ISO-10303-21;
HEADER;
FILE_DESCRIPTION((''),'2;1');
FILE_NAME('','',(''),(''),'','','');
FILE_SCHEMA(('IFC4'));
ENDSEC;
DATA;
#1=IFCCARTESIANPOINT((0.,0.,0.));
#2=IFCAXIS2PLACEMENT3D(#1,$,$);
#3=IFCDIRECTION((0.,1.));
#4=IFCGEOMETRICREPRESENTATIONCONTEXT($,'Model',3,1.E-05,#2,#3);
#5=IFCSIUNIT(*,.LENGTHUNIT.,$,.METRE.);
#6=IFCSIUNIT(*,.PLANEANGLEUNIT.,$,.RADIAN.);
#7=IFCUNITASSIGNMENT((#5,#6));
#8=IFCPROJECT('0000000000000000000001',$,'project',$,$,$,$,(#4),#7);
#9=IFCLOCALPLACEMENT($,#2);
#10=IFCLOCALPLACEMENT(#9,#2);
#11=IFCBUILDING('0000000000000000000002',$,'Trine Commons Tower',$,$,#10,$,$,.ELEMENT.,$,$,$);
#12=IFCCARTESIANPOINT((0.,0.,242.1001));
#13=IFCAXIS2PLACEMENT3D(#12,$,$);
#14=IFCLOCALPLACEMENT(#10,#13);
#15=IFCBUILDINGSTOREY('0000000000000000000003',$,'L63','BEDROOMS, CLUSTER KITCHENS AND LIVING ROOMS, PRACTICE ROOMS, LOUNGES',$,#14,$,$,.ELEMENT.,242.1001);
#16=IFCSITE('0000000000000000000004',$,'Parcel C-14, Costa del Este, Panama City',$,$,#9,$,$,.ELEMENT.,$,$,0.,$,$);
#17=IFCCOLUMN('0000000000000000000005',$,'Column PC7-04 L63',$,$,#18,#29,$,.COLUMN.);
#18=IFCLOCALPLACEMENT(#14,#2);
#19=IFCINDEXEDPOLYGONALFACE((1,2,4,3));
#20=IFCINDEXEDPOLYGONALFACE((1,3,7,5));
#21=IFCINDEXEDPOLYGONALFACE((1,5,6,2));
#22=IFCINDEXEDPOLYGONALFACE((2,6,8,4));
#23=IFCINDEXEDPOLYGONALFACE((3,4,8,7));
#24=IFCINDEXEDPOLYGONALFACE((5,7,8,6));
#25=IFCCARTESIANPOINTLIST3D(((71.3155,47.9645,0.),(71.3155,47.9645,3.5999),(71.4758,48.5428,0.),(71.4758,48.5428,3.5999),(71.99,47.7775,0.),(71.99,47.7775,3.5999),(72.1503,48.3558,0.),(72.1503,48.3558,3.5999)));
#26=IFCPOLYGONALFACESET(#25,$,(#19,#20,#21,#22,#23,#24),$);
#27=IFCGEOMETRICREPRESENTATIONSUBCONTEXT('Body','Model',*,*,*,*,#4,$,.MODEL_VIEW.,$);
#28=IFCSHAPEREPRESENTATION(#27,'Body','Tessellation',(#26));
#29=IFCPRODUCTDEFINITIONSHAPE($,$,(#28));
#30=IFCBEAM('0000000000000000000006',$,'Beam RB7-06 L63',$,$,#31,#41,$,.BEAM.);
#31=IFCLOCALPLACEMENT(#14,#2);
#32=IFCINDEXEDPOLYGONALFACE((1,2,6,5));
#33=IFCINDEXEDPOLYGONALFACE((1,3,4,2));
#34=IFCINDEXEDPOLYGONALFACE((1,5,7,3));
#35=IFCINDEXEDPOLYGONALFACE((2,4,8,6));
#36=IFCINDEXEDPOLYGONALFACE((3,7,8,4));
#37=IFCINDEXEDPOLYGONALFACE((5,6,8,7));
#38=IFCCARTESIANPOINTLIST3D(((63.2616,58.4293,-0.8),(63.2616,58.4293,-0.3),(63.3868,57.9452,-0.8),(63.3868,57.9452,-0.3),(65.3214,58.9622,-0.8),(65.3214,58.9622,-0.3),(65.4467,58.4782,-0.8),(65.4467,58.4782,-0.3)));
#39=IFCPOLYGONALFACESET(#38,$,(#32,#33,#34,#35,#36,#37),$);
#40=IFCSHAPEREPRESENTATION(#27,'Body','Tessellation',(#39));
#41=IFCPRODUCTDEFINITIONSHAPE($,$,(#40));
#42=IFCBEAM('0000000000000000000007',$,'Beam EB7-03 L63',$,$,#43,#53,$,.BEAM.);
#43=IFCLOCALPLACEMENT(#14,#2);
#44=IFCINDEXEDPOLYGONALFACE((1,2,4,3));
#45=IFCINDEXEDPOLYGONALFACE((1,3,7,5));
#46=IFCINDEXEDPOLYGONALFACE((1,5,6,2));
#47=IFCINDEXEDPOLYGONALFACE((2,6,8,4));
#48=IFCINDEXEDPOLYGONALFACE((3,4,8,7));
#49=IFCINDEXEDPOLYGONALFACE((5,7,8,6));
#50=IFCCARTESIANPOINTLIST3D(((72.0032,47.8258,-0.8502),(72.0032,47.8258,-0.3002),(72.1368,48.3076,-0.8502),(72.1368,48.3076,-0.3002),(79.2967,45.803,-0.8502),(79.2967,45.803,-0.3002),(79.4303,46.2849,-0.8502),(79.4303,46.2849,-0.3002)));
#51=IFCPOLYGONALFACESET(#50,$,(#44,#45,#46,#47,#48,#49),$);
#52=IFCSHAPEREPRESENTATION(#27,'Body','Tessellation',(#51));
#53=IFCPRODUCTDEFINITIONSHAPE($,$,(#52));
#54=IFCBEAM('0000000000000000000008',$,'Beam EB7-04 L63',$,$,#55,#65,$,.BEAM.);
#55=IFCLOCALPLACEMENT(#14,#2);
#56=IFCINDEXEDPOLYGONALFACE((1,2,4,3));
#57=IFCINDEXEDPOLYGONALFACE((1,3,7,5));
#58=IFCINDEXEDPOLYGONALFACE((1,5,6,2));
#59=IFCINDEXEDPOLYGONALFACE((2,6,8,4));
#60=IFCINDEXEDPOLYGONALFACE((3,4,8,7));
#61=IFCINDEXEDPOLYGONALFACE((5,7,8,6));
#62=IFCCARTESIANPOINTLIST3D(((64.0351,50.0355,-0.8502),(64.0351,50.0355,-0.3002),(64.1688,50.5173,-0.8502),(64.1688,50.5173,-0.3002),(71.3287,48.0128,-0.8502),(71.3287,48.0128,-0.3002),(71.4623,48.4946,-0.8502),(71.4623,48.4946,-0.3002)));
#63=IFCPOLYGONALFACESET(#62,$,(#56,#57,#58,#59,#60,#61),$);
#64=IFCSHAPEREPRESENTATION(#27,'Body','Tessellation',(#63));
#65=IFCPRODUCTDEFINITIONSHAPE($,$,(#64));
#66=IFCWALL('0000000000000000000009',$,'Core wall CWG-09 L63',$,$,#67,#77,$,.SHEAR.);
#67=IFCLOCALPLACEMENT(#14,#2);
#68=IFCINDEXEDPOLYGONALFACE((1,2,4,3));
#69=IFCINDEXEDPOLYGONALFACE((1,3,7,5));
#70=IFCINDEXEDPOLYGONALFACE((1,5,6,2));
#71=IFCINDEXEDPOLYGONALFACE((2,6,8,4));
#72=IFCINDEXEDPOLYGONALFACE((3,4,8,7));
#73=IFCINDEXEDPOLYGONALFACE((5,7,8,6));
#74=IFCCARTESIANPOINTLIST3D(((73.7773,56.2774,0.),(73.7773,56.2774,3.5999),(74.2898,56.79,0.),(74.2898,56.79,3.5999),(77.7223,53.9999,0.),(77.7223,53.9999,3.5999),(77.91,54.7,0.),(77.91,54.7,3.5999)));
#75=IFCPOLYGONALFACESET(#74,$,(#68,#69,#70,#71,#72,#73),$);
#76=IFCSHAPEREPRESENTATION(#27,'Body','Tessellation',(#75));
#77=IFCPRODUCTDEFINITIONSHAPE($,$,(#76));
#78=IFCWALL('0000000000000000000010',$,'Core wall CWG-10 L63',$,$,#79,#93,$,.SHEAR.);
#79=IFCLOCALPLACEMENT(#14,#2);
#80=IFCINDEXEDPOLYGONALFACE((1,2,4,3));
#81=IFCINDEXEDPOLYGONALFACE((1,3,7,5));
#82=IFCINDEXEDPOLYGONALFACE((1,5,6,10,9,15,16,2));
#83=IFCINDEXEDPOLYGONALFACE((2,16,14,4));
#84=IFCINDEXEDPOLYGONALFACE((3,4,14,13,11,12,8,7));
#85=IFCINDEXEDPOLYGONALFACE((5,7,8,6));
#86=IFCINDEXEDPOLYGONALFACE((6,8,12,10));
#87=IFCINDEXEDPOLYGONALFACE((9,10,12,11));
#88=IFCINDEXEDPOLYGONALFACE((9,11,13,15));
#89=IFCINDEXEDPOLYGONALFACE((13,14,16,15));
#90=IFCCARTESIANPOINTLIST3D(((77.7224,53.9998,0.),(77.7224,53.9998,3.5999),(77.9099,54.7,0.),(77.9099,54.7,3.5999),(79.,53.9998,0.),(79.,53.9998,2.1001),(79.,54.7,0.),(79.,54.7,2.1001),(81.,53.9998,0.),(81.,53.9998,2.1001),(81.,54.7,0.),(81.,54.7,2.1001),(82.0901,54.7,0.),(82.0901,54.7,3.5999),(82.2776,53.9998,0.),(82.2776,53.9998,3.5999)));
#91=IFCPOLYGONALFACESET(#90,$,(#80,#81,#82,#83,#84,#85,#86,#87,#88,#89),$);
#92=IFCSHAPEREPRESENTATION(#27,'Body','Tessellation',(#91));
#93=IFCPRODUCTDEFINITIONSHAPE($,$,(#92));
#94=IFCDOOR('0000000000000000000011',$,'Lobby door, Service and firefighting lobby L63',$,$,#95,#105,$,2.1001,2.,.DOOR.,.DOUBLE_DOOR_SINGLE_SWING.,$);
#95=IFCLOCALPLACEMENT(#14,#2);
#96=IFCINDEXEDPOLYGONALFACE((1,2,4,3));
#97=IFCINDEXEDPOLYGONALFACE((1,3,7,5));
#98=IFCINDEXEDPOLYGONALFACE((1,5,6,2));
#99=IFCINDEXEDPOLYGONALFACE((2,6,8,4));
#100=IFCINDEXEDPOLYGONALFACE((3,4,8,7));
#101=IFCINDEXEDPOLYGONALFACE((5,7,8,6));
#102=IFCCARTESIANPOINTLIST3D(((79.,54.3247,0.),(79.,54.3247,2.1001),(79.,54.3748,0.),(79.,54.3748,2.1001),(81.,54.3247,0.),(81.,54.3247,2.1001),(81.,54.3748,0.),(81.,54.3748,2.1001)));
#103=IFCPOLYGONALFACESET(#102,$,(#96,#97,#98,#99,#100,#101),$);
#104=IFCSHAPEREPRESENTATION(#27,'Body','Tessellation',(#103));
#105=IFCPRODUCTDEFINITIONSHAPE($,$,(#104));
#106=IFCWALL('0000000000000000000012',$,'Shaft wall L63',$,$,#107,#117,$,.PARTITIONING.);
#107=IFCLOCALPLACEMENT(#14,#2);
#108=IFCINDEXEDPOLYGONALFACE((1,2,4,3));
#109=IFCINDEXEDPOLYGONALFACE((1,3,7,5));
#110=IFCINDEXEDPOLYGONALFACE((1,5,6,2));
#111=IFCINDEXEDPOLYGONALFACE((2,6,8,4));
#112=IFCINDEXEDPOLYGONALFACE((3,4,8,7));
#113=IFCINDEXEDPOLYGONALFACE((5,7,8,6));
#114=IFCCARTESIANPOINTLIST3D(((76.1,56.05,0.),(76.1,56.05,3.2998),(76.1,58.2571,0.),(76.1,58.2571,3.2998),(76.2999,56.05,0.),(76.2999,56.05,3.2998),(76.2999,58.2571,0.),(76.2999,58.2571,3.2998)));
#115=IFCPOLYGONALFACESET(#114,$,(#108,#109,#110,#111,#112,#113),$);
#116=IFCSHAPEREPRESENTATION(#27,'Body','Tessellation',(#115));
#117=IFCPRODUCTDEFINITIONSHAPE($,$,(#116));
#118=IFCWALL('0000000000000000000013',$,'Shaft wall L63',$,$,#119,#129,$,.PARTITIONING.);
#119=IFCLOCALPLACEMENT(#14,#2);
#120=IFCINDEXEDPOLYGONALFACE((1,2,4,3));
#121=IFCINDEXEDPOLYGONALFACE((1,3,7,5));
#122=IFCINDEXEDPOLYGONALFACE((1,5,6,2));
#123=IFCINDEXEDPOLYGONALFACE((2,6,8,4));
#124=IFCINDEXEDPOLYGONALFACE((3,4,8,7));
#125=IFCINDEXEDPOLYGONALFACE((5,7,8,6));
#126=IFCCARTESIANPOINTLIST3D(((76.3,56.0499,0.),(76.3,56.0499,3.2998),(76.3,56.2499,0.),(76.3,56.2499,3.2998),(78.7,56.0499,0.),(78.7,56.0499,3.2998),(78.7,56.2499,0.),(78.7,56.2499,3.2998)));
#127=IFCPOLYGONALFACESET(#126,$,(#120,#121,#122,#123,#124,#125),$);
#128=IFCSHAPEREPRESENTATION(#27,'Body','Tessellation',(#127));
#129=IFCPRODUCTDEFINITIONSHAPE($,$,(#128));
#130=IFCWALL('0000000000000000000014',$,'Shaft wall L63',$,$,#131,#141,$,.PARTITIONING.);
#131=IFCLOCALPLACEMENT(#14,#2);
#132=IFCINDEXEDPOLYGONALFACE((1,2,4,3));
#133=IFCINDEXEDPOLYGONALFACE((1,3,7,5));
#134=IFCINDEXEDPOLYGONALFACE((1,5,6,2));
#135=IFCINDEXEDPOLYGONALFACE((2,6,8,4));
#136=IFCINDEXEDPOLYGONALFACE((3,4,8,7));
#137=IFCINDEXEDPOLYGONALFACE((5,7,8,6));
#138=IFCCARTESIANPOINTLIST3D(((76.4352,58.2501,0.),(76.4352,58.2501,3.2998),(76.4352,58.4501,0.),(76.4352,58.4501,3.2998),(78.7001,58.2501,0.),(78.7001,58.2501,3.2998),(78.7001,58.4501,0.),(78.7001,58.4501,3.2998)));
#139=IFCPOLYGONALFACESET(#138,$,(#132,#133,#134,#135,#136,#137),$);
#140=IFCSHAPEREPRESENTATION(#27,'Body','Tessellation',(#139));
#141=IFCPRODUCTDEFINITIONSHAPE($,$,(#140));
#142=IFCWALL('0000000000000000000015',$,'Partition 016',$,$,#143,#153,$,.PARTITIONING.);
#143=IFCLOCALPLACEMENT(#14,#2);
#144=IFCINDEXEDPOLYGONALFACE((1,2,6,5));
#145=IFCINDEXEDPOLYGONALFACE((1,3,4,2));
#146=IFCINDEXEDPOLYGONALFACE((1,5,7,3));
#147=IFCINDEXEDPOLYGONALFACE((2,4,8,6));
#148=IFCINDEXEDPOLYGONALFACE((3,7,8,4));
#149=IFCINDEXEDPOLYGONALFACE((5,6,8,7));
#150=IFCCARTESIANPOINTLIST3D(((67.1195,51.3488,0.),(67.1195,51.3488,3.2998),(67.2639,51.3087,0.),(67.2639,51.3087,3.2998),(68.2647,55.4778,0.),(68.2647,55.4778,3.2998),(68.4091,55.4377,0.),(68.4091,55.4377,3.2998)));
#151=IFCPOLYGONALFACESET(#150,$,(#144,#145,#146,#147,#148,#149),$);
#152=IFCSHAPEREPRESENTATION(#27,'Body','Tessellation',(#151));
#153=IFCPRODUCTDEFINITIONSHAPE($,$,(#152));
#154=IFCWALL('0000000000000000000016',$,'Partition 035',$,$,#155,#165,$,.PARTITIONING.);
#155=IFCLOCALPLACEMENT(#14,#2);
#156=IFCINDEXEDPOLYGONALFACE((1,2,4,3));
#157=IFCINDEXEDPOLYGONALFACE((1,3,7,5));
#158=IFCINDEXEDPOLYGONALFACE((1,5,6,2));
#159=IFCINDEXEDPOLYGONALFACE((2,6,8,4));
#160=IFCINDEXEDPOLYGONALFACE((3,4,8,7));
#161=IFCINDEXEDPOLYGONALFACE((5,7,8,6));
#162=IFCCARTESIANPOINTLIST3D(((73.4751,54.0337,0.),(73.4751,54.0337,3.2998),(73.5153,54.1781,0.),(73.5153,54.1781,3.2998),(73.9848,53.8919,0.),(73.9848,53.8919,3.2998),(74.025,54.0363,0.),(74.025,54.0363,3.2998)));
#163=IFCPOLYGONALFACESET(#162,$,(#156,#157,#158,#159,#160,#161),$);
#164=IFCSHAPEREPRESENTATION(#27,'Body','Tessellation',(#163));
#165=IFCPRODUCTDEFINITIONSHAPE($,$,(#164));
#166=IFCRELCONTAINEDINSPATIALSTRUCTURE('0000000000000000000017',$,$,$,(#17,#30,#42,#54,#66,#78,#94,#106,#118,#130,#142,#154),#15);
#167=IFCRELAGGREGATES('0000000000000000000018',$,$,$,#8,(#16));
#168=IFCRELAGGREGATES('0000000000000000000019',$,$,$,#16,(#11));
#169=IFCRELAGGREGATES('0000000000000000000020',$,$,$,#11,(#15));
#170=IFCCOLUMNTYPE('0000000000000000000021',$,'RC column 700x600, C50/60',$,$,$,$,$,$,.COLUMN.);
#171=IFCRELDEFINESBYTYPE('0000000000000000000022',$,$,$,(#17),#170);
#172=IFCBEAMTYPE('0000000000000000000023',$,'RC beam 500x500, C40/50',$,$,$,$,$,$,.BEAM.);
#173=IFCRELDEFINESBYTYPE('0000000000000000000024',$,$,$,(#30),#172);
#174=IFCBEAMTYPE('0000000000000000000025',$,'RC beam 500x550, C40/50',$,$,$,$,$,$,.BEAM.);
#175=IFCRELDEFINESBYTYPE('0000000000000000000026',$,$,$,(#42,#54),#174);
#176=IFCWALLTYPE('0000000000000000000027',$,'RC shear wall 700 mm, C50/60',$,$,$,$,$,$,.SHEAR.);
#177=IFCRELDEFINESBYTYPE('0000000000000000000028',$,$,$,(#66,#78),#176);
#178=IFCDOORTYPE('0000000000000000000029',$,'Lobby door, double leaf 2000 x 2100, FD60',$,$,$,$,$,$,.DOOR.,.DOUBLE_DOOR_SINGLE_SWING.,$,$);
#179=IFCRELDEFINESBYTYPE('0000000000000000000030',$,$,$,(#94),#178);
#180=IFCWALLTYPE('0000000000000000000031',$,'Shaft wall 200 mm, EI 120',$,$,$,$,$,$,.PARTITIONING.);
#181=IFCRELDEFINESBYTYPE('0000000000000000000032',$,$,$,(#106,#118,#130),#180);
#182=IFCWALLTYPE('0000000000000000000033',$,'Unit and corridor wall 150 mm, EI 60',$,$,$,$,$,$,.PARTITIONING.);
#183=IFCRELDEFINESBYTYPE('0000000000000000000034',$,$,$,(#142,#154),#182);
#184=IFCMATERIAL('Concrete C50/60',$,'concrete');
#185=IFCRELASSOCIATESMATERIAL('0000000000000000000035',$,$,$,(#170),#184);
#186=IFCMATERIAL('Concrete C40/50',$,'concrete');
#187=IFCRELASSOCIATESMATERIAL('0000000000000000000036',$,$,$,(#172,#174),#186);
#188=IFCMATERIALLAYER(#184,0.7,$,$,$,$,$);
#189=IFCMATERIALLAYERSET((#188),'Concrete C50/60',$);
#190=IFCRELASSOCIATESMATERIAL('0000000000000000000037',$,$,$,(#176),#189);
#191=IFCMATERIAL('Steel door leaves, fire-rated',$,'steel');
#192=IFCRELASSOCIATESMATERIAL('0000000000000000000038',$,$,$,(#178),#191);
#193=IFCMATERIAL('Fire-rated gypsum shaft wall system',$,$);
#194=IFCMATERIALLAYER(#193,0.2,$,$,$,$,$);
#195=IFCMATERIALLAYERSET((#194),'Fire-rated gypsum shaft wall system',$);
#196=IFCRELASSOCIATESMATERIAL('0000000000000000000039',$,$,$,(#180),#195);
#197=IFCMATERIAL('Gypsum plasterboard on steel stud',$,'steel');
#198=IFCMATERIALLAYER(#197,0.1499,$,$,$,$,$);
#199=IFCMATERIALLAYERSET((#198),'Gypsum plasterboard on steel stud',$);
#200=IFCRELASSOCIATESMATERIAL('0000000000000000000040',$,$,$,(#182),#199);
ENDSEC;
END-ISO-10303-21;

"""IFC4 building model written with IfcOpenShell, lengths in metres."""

from ifc_helpers import new_model, si_unit, direction, frame, frame_2d, origin, origin_2d, place, context, subcontext, project, spatial, polyline, rectangle, outline, extrude, material, layer, layer_set, material_profile, profile_set, type_object, element, fill, save


model = new_model("IFC4")

# Units and contexts
model_context = context("Model", 3, precision=1e-05, world=origin(), true_north=direction((0.0, 1.0)))
body_context = subcontext(model_context, "Body", "Model", "MODEL_VIEW")
ifc_project = project(units=[si_unit("LENGTHUNIT", "METRE"), si_unit("PLANEANGLEUNIT", "RADIAN")], contexts=[model_context])

# Site, building, storey
site_placement = place(None, origin())
site = spatial("IfcSite", under=ifc_project, at=site_placement, Name="Parcel C-14, Costa del Este, Panama City", CompositionType="ELEMENT", RefElevation=0.0)
building_placement = place(site_placement, origin())
building = spatial("IfcBuilding", under=site, at=building_placement, Name="Trine Commons Tower", CompositionType="ELEMENT")
storey_placement = place(building_placement, frame((0.0, 0.0, 242.1001)))
storey = spatial("IfcBuildingStorey", under=building, at=storey_placement, Name="L63", Description="BEDROOMS, CLUSTER KITCHENS AND LIVING ROOMS, PRACTICE ROOMS, LOUNGES", CompositionType="ELEMENT", Elevation=242.1001)

# Column
ifc_material_1 = material(Name="Concrete C50/60", Category="concrete")
ifc_material_profile_1 = material_profile(ifc_material_1, rectangle(XDim=0.7, YDim=0.6001, at=origin_2d()), Name="RC 700x600")
ifc_profile_set_1 = profile_set([ifc_material_profile_1], Name="Concrete C50/60")
column_type = type_object("IfcColumnType", Name="RC column 700x600, C50/60", PredefinedType="COLUMN", material=ifc_profile_set_1)
column_placement = place(storey_placement, frame((71.7329, 48.1602, 0.0), z_axis=(0.0, 0.0, 1.0), x_axis=(-0.96363, 0.267238, 0.0)))
element("IfcColumn", 1, at=column_placement, inside=storey, type_object=column_type, Name="Column PC7-04 L63", PredefinedType="COLUMN", context=body_context, shape_type="SweptSolid", body=[
    extrude(rectangle(XDim=0.7, YDim=0.6001, at=origin_2d()), origin(), (0.0, 0.0, 1.0), 3.5999),
])

# Beams
ifc_material_2 = material(Name="Concrete C40/50", Category="concrete")
ifc_material_profile_2 = material_profile(ifc_material_2, rectangle(XDim=0.5, YDim=0.5, at=origin_2d()), Name="RC 500x500")
ifc_profile_set_2 = profile_set([ifc_material_profile_2], Name="Concrete C40/50")
beam_type_1 = type_object("IfcBeamType", Name="RC beam 500x500, C40/50", PredefinedType="BEAM", material=ifc_profile_set_2)
beam_placement = place(storey_placement, frame((65.384, 58.7202, -0.55), z_axis=(-0.968119, -0.250492, 0.0), x_axis=(0.250492, -0.968119, 0.0)))
element("IfcBeam", 2, at=beam_placement, inside=storey, type_object=beam_type_1, Name="Beam RB7-06 L63", PredefinedType="BEAM", context=body_context, shape_type="SweptSolid", body=[
    extrude(rectangle(XDim=0.5, YDim=0.5, at=origin_2d()), origin(), (0.0, 0.0, 1.0), 2.1277),
])
ifc_material_profile_3 = material_profile(ifc_material_2, rectangle(XDim=0.5, YDim=0.55, at=origin_2d()), Name="RC 500x550")
ifc_profile_set_3 = profile_set([ifc_material_profile_3], Name="Concrete C40/50")
beam_type_2 = type_object("IfcBeamType", Name="RC beam 500x550, C40/50", PredefinedType="BEAM", material=ifc_profile_set_3)
for number, where, z_axis, x_axis, name in (
    (3, (79.3635, 46.0439, -0.5752), (-0.963629, 0.267245, 0.0), (-0.267245, -0.963629, 0.0), "Beam EB7-03 L63"),
    (4, (71.3955, 48.2537, -0.5752), (-0.963629, 0.267245, 0.0), (-0.267245, -0.963629, 0.0), "Beam EB7-04 L63"),
):
    element("IfcBeam", number, at=place(storey_placement, frame(where, z_axis=z_axis, x_axis=x_axis)), inside=storey, type_object=beam_type_2, Name=name, PredefinedType="BEAM", context=body_context, shape_type="SweptSolid", body=[
        extrude(rectangle(XDim=0.5, YDim=0.55, at=origin_2d()), origin(), (0.0, 0.0, 1.0), 7.5688),
    ])

# Wall
ifc_layer_1 = layer(ifc_material_1, 0.7)
ifc_layer_set_1 = layer_set([ifc_layer_1], Name="Concrete C50/60")
wall_type_1 = type_object("IfcWallType", Name="RC shear wall 700 mm, C50/60", PredefinedType="SHEAR", material=ifc_layer_set_1)
wall_1_placement = place(storey_placement, frame((73.9524, 56.5806, 0.0), z_axis=(0.0, 0.0, 1.0), x_axis=(0.866035, -0.499984, 0.0)))
element("IfcWall", 5, at=wall_1_placement, inside=storey, type_object=wall_type_1, Name="Core wall CWG-09 L63", PredefinedType="SHEAR", context=body_context, shape_type="SweptSolid", body=[
    extrude(outline(polyline([(0.0, -0.3501), (4.5552, -0.3501), (4.3677, 0.3501), (0.1875, 0.3501), (0.0, -0.3501)])), origin(), (0.0, 0.0, 1.0), 3.5999),
])

# Wall, opening, door
wall_2_placement = place(storey_placement, frame((77.7224, 54.3499, 0.0), z_axis=(0.0, 0.0, 1.0), x_axis=(1.0, 0.0, 0.0)))
wall_2 = element("IfcWall", 6, at=wall_2_placement, inside=storey, type_object=wall_type_1, Name="Core wall CWG-10 L63", PredefinedType="SHEAR", context=body_context, shape_type="SweptSolid", body=[
    extrude(outline(polyline([(0.0, -0.3501), (4.5552, -0.3501), (4.3677, 0.3501), (0.1875, 0.3501), (0.0, -0.3501)])), origin(), (0.0, 0.0, 1.0), 3.5999),
])
opening_1_placement = place(wall_2_placement, frame((1.2776, 0.0, 0.0)))
opening_1 = element("IfcOpeningElement", 7, at=opening_1_placement, cuts=wall_2, PredefinedType="OPENING", context=body_context, shape_type="SweptSolid", body=[
    extrude(rectangle(XDim=2.0, YDim=2.1001, at=frame_2d((1.0, 1.05))), frame((0.0, 0.3599, 0.0), z_axis=(0.0, -1.0, 0.0), x_axis=(1.0, 0.0, 0.0)), (0.0, 0.0, 1.0), 0.72),
])
ifc_material_3 = material(Name="Steel door leaves, fire-rated", Category="steel")
door_type_1 = type_object("IfcDoorType", Name="Lobby door, double leaf 2000 x 2100, FD60", OperationType="DOUBLE_DOOR_SINGLE_SWING", PredefinedType="DOOR", material=ifc_material_3)
door_1_placement = place(opening_1_placement, origin())
door_1 = element("IfcDoor", 8, at=door_1_placement, inside=storey, type_object=door_type_1, Name="Lobby door, Service and firefighting lobby L63", OperationType="DOUBLE_DOOR_SINGLE_SWING", OverallHeight=2.1001, OverallWidth=2.0, PredefinedType="DOOR", context=body_context, shape_type="SweptSolid", body=[
    extrude(rectangle(XDim=2.0, YDim=2.1001, at=frame_2d((1.0, 1.05))), frame((0.0, 0.0249, 0.0), z_axis=(0.0, -1.0, 0.0), x_axis=(1.0, 0.0, 0.0)), (0.0, 0.0, 1.0), 0.05),
])
fill(opening_1, door_1)

# Walls
ifc_material_4 = material(Name="Fire-rated gypsum shaft wall system")
ifc_layer_2 = layer(ifc_material_4, 0.2)
ifc_layer_set_2 = layer_set([ifc_layer_2], Name="Fire-rated gypsum shaft wall system")
wall_type_2 = type_object("IfcWallType", Name="Shaft wall 200 mm, EI 120", PredefinedType="PARTITIONING", material=ifc_layer_set_2)
wall_3_placement = place(storey_placement, frame((76.2, 58.2571, 0.0), z_axis=(0.0, 0.0, 1.0), x_axis=(0.0, -1.0, 0.0)))
element("IfcWall", 9, at=wall_3_placement, inside=storey, type_object=wall_type_2, Name="Shaft wall L63", PredefinedType="PARTITIONING", context=body_context, shape_type="SweptSolid", body=[
    extrude(rectangle(XDim=2.207, YDim=0.2, at=frame_2d((1.1035, 0.0))), origin(), (0.0, 0.0, 1.0), 3.2998),
])
wall_4_placement = place(storey_placement, frame((78.7, 56.1499, 0.0), z_axis=(0.0, 0.0, 1.0), x_axis=(-1.0, 0.0, 0.0)))
element("IfcWall", 10, at=wall_4_placement, inside=storey, type_object=wall_type_2, Name="Shaft wall L63", PredefinedType="PARTITIONING", context=body_context, shape_type="SweptSolid", body=[
    extrude(rectangle(XDim=2.3999, YDim=0.2, at=frame_2d((1.2, 0.0))), origin(), (0.0, 0.0, 1.0), 3.2998),
])
wall_5_placement = place(storey_placement, frame((78.7, 58.3501, 0.0), z_axis=(0.0, 0.0, 1.0), x_axis=(-1.0, 0.0, 0.0)))
element("IfcWall", 11, at=wall_5_placement, inside=storey, type_object=wall_type_2, Name="Shaft wall L63", PredefinedType="PARTITIONING", context=body_context, shape_type="SweptSolid", body=[
    extrude(rectangle(XDim=2.2649, YDim=0.2, at=frame_2d((1.1323, 0.0))), origin(), (0.0, 0.0, 1.0), 3.2998),
])
ifc_material_5 = material(Name="Gypsum plasterboard on steel stud", Category="steel")
ifc_layer_3 = layer(ifc_material_5, 0.1499)
ifc_layer_set_3 = layer_set([ifc_layer_3], Name="Gypsum plasterboard on steel stud")
wall_type_3 = type_object("IfcWallType", Name="Unit and corridor wall 150 mm, EI 60", PredefinedType="PARTITIONING", material=ifc_layer_set_3)
wall_6_placement = place(storey_placement, frame((67.1917, 51.3286, 0.0), z_axis=(0.0, 0.0, 1.0), x_axis=(0.267271, 0.963622, 0.0)))
element("IfcWall", 12, at=wall_6_placement, inside=storey, type_object=wall_type_3, Name="Partition 016", PredefinedType="PARTITIONING", context=body_context, shape_type="SweptSolid", body=[
    extrude(rectangle(XDim=4.2849, YDim=0.1499, at=frame_2d((2.1426, 0.0))), origin(), (0.0, 0.0, 1.0), 3.2998),
])
wall_7_placement = place(storey_placement, frame((73.4951, 54.106, 0.0), z_axis=(0.0, 0.0, 1.0), x_axis=(0.963399, -0.268072, 0.0)))
element("IfcWall", 13, at=wall_7_placement, inside=storey, type_object=wall_type_3, Name="Partition 035", PredefinedType="PARTITIONING", context=body_context, shape_type="SweptSolid", body=[
    extrude(rectangle(XDim=0.5291, YDim=0.1499, at=frame_2d((0.2646, 0.0))), origin(), (0.0, 0.0, 1.0), 3.2998),
])

save(model, "model.ifc")
